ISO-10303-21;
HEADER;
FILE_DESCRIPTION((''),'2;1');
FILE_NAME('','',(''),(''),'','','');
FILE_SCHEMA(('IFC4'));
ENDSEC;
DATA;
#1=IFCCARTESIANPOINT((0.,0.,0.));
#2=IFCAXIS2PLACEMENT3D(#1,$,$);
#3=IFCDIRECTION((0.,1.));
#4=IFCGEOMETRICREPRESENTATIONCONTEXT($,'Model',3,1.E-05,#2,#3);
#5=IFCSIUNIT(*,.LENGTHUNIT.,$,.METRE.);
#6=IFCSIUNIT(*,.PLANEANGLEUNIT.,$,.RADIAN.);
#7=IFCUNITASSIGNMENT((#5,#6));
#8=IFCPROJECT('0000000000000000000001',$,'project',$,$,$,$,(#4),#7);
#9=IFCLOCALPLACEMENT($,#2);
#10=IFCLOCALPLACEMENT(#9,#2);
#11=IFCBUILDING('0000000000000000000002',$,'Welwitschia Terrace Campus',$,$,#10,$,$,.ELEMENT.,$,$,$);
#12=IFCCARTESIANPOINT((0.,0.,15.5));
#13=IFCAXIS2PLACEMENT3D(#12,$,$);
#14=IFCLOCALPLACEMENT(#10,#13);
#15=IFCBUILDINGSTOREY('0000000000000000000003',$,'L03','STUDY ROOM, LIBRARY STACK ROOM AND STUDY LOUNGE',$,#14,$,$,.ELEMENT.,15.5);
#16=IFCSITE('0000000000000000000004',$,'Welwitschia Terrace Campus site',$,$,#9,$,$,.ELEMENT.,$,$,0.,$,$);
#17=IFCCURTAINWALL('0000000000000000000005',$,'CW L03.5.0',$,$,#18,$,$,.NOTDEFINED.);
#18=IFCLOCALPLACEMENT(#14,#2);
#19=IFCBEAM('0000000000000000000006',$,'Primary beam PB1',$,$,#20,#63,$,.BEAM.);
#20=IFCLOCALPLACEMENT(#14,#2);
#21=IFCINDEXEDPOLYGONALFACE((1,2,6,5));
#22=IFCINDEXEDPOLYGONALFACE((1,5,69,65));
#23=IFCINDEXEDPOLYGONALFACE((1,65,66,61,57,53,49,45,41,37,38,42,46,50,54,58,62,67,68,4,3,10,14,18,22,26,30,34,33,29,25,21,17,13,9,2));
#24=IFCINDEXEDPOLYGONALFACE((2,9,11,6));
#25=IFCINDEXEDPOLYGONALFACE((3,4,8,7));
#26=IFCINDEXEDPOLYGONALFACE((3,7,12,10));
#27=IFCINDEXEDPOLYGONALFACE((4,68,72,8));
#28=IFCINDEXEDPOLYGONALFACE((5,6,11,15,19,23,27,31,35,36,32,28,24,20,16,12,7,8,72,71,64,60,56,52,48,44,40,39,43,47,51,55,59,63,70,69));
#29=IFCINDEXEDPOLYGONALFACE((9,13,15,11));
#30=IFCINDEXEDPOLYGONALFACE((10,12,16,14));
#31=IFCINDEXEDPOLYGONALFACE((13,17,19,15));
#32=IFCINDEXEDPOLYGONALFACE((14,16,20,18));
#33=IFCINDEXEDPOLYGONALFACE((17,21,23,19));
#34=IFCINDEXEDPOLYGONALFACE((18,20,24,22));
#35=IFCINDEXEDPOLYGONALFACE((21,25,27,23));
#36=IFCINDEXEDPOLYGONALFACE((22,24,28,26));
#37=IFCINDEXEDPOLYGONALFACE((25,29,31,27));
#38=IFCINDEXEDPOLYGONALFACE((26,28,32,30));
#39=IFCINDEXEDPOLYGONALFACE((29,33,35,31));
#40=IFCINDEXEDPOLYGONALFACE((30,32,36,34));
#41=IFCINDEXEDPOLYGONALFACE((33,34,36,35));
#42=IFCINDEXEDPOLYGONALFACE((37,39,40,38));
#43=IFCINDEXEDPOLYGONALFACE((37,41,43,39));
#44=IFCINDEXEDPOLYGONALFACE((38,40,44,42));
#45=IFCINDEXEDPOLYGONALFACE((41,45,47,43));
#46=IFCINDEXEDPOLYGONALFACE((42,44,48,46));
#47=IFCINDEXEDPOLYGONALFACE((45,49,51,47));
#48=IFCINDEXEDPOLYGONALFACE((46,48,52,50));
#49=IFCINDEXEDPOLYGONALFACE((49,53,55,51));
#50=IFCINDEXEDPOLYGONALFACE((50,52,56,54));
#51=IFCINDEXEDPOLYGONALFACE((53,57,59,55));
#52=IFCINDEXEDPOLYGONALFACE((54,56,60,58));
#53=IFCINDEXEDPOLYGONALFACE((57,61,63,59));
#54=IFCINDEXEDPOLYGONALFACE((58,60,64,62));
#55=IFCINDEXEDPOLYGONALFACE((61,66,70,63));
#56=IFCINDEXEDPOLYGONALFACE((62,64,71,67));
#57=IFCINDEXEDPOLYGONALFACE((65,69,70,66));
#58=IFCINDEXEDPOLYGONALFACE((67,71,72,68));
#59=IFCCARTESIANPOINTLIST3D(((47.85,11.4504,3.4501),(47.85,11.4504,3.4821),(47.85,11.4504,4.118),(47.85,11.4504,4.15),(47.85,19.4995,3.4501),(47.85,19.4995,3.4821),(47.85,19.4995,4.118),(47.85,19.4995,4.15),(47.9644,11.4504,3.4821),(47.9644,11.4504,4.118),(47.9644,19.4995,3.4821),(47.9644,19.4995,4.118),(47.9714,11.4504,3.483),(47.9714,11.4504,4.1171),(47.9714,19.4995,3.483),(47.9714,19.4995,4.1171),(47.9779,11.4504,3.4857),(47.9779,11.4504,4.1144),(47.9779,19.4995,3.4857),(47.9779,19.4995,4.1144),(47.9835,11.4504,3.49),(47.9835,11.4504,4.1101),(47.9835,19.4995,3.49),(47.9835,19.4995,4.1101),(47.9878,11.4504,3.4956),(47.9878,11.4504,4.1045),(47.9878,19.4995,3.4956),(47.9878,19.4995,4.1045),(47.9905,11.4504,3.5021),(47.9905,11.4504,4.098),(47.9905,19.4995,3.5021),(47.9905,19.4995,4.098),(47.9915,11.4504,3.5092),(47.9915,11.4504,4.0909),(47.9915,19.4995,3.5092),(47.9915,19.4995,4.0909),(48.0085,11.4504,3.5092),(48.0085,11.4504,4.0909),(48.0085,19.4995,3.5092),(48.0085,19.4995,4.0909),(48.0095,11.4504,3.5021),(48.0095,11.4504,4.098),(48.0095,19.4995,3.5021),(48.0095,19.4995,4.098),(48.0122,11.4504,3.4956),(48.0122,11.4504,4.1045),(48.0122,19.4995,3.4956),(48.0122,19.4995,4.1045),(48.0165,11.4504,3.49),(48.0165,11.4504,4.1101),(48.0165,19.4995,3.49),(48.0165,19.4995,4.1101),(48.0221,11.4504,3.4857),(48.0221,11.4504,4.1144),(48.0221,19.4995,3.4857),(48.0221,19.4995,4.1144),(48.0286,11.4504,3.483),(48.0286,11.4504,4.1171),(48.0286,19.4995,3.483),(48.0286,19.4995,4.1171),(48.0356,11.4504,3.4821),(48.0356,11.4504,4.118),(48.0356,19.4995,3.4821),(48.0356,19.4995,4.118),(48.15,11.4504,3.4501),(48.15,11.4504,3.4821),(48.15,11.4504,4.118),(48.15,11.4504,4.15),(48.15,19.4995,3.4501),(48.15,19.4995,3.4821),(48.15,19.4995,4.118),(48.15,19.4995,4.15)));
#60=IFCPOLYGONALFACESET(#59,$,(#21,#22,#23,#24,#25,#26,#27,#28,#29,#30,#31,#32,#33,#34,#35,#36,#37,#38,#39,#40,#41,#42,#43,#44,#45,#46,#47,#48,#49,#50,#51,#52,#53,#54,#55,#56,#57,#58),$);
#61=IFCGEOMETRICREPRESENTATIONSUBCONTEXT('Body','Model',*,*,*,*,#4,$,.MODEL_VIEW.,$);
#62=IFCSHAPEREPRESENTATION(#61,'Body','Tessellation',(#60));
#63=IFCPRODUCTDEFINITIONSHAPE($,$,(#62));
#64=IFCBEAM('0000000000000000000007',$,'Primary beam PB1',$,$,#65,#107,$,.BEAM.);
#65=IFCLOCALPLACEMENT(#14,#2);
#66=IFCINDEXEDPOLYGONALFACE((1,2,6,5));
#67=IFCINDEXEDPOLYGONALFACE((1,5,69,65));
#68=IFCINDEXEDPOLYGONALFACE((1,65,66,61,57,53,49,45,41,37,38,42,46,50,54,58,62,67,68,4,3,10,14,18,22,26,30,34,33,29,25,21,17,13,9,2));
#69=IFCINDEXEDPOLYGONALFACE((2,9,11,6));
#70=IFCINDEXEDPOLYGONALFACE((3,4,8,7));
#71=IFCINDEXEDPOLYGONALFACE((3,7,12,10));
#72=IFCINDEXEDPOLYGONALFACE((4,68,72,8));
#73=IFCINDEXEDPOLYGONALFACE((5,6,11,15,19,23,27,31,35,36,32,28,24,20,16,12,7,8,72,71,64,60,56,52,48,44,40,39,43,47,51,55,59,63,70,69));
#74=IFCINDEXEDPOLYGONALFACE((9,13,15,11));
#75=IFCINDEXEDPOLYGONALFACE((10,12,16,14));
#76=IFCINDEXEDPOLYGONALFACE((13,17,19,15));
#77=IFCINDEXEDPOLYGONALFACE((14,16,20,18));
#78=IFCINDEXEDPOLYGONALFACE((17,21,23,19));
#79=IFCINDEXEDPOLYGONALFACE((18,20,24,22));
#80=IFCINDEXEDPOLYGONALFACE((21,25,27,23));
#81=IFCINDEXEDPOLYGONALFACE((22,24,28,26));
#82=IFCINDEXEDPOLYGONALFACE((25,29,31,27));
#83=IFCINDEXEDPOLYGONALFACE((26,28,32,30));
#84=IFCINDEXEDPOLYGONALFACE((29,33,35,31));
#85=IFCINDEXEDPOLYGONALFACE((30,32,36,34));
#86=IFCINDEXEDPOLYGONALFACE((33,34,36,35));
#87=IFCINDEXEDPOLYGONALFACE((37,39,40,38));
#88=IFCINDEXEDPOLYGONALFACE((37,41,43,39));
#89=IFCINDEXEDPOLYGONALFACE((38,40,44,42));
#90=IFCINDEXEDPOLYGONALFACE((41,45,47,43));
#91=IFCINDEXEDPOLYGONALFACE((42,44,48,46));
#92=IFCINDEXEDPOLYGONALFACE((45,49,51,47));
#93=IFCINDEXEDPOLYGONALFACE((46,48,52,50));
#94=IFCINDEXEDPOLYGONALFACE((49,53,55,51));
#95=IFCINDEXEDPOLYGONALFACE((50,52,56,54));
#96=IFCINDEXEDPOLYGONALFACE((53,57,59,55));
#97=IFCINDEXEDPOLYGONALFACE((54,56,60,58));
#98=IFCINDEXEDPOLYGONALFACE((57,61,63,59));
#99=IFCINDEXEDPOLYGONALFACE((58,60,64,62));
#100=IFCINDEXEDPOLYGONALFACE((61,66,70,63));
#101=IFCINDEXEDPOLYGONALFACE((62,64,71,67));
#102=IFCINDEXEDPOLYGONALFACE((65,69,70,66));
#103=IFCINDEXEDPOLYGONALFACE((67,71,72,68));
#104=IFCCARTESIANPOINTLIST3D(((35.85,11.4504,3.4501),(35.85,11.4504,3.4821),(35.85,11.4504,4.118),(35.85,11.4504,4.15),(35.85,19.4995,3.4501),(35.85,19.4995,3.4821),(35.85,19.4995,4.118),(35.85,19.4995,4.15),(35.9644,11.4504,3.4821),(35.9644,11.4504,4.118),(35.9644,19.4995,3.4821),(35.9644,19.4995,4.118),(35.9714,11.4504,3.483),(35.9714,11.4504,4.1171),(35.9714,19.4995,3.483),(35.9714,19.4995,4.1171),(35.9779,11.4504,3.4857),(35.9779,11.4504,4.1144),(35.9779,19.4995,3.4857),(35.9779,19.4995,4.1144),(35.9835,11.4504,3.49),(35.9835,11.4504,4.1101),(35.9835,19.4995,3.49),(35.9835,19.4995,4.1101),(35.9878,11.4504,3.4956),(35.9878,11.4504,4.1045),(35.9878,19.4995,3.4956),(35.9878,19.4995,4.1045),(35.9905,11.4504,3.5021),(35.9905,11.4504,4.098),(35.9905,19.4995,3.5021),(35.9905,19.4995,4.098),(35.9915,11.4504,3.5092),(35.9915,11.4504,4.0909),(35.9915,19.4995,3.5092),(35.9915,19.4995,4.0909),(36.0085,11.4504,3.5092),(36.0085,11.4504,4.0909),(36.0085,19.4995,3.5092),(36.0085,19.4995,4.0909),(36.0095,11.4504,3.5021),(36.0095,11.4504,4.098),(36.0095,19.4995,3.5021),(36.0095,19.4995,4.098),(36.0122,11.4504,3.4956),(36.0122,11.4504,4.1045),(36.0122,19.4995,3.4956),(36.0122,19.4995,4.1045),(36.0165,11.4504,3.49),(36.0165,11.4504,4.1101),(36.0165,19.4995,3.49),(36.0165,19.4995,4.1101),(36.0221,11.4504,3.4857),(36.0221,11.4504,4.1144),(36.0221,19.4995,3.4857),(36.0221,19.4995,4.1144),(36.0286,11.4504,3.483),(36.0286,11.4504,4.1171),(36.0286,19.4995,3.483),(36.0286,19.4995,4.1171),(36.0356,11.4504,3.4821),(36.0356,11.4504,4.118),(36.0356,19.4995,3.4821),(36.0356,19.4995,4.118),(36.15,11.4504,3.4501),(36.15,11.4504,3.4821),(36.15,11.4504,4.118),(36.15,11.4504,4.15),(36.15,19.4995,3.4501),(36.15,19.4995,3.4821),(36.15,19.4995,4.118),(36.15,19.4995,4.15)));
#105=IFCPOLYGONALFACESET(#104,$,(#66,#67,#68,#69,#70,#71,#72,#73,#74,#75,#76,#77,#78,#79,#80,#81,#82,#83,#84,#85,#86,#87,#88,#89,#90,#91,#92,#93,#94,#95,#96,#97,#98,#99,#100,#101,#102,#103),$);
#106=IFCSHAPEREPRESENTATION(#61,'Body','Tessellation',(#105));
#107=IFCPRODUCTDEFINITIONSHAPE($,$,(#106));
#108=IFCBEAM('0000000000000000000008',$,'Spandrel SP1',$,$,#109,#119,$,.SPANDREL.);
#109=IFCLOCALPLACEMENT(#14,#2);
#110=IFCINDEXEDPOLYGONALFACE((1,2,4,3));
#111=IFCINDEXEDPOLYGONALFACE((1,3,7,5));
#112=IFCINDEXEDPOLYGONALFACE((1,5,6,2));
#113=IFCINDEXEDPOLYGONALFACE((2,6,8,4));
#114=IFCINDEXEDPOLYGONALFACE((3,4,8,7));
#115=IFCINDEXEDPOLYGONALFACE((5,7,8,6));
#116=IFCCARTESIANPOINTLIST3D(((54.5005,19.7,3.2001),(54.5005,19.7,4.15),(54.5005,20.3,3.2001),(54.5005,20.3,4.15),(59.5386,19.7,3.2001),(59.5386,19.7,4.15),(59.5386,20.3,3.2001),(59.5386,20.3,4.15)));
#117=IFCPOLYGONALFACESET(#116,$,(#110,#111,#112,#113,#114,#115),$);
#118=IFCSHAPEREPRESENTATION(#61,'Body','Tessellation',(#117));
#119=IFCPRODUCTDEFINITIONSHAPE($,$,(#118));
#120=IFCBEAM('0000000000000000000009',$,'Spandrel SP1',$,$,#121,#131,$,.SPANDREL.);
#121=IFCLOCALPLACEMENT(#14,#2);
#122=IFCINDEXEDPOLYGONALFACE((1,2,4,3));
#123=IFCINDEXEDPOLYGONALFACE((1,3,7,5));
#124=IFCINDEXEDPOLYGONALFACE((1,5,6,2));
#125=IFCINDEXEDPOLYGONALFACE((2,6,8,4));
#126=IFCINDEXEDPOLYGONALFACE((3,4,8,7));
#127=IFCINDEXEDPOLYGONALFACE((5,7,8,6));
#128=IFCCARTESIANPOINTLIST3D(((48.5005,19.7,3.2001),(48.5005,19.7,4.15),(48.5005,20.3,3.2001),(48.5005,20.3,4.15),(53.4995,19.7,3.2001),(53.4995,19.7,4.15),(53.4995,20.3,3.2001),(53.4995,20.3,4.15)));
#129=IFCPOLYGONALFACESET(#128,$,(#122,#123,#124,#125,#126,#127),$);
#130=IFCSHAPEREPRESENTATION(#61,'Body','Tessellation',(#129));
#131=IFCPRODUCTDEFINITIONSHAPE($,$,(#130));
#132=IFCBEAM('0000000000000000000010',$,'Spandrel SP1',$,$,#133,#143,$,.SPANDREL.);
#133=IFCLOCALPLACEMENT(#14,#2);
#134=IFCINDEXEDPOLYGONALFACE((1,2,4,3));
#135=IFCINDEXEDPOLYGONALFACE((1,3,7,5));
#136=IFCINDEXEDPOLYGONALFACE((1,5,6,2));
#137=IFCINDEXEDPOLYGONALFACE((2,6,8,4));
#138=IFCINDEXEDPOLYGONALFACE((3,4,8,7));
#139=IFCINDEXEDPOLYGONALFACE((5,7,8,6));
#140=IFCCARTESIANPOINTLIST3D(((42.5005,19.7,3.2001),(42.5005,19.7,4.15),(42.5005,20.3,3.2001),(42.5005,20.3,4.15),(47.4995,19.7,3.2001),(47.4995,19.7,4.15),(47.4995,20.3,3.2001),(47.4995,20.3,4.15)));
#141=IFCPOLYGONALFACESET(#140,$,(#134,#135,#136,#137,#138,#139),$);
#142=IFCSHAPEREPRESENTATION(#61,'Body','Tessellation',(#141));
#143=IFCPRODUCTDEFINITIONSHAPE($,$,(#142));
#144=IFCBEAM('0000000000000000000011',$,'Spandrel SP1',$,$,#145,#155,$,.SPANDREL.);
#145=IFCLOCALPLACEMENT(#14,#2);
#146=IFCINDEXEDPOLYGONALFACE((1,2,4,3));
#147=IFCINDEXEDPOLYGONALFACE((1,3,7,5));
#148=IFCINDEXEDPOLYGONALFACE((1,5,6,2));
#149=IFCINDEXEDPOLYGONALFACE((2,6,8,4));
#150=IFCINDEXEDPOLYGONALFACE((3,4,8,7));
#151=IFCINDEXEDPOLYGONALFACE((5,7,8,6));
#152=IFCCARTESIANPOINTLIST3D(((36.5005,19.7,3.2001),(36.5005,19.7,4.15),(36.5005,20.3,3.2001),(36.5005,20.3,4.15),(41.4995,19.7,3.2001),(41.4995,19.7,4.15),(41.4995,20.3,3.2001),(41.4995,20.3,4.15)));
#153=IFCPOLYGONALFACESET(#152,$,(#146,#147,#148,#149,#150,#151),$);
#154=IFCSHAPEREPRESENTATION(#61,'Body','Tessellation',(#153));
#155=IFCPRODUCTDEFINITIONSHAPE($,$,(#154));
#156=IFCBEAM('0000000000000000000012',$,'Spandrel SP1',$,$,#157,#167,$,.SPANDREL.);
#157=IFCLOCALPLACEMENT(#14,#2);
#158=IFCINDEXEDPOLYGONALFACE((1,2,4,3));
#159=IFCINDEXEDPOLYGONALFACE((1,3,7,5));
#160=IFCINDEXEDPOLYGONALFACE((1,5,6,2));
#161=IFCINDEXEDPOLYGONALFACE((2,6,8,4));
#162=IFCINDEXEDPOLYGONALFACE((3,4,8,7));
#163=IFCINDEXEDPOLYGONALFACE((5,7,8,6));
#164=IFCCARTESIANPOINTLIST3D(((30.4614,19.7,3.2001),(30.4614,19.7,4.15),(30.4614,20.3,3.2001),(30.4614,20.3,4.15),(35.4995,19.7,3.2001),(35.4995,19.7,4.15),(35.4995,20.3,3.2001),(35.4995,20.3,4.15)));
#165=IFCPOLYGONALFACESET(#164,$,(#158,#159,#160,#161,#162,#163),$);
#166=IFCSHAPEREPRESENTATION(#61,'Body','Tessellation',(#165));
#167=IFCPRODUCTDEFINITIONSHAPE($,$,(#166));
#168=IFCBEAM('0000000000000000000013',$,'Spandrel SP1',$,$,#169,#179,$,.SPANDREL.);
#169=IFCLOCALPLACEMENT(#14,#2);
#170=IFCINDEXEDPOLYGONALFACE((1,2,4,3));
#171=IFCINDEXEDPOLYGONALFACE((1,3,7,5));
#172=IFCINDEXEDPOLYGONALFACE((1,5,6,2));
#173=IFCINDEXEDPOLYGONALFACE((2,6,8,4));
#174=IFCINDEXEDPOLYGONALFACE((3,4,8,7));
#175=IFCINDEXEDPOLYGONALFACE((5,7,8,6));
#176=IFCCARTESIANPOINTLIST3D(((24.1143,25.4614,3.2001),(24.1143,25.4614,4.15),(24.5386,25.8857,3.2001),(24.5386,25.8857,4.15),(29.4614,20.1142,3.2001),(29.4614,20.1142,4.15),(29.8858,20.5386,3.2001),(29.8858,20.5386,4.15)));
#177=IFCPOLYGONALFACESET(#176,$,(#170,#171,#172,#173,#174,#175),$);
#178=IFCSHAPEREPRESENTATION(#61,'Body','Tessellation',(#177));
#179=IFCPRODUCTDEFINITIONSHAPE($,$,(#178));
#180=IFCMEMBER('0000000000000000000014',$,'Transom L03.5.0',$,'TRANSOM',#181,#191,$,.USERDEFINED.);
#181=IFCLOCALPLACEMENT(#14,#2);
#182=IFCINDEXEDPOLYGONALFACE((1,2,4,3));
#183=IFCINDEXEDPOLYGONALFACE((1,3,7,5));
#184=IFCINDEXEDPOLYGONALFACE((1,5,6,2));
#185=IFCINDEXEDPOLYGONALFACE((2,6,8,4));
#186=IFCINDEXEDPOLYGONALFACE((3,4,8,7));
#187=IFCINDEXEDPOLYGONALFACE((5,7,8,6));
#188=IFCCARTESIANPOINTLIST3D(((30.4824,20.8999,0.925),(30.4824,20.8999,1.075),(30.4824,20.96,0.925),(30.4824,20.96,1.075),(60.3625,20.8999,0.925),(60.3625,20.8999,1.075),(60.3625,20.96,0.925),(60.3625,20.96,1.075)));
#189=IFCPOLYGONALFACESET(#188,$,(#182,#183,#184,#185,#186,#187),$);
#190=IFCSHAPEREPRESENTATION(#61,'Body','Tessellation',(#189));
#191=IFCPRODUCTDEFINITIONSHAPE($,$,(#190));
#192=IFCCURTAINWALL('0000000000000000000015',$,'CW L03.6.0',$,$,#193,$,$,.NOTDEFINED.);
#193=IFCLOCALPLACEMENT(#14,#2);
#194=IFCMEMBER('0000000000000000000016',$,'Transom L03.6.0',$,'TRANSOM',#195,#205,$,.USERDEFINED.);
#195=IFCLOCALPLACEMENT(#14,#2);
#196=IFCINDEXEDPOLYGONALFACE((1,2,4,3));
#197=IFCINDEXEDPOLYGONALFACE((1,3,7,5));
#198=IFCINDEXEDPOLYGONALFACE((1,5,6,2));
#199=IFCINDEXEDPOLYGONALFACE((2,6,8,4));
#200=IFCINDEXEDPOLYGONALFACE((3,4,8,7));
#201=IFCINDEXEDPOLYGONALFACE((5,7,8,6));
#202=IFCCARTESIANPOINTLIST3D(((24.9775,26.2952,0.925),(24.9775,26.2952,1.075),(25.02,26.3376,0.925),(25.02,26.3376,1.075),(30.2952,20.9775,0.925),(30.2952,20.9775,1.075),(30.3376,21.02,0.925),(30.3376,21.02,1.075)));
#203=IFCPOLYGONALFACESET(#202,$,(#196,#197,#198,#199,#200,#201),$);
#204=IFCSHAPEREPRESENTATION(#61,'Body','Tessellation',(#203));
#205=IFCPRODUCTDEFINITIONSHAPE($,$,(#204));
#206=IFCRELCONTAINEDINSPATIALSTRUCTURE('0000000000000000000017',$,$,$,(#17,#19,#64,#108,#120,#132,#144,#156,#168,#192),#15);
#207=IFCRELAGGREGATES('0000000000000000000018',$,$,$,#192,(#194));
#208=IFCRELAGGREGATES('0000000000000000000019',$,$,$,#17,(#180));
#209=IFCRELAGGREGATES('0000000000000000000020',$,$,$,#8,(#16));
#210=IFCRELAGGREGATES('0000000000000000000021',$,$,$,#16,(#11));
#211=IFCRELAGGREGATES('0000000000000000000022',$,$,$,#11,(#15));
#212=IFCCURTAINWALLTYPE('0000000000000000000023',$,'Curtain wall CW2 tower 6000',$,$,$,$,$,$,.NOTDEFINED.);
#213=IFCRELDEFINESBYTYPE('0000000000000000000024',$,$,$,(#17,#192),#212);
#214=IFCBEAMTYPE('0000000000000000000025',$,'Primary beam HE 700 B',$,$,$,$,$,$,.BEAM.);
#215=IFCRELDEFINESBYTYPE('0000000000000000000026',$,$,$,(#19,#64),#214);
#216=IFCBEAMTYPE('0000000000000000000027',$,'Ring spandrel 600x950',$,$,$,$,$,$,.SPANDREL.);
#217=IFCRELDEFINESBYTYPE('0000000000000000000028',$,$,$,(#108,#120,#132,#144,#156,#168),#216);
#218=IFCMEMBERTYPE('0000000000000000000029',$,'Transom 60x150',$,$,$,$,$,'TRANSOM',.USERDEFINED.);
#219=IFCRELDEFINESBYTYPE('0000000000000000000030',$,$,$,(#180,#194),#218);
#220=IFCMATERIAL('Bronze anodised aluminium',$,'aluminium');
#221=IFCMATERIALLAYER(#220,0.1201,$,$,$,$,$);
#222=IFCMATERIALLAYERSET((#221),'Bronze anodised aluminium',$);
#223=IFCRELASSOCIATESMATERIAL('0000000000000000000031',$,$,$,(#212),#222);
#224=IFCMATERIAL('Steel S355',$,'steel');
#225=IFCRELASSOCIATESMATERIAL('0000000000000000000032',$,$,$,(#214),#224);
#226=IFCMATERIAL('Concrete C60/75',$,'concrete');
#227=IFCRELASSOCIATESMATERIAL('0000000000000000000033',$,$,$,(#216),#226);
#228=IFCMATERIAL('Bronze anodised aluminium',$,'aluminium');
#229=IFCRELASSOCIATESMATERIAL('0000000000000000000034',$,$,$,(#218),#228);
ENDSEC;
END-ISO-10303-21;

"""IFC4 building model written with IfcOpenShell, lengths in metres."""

from ifc_helpers import new_model, si_unit, direction, frame, origin, origin_2d, place, context, subcontext, project, spatial, rectangle, i_section, extrude, material, layer, layer_set, material_profile, profile_set, type_object, element, aggregate, save


model = new_model("IFC4")

# Units and contexts
model_context = context("Model", 3, precision=1e-05, world=origin(), true_north=direction((0.0, 1.0)))
body_context = subcontext(model_context, "Body", "Model", "MODEL_VIEW")
ifc_project = project(units=[si_unit("LENGTHUNIT", "METRE"), si_unit("PLANEANGLEUNIT", "RADIAN")], contexts=[model_context])

# Site, building, storey
site_placement = place(None, origin())
site = spatial("IfcSite", under=ifc_project, at=site_placement, Name="Welwitschia Terrace Campus site", CompositionType="ELEMENT", RefElevation=0.0)
building_placement = place(site_placement, origin())
building = spatial("IfcBuilding", under=site, at=building_placement, Name="Welwitschia Terrace Campus", CompositionType="ELEMENT")
storey_placement = place(building_placement, frame((0.0, 0.0, 15.5)))
storey = spatial("IfcBuildingStorey", under=building, at=storey_placement, Name="L03", Description="STUDY ROOM, LIBRARY STACK ROOM AND STUDY LOUNGE", CompositionType="ELEMENT", Elevation=15.5)

# Shared definitions
ifc_material_1 = material(Name="Bronze anodised aluminium", Category="aluminium")
ifc_layer_1 = layer(ifc_material_1, 0.1201)
ifc_layer_set_1 = layer_set([ifc_layer_1], Name="Bronze anodised aluminium")
curtain_wall_type = type_object("IfcCurtainWallType", Name="Curtain wall CW2 tower 6000", PredefinedType="NOTDEFINED", material=ifc_layer_set_1)

# Curtain wall
curtain_wall_1_placement = place(storey_placement, origin())
curtain_wall_1 = element("IfcCurtainWall", 1, at=curtain_wall_1_placement, inside=storey, type_object=curtain_wall_type, Name="CW L03.5.0", PredefinedType="NOTDEFINED")

# Beams
ifc_material_2 = material(Name="Steel S355", Category="steel")
ifc_material_profile_1 = material_profile(ifc_material_2, i_section(OverallWidth=0.3, OverallDepth=0.7, WebThickness=0.0171, FlangeThickness=0.032, FilletRadius=0.0271, at=origin_2d()))
ifc_profile_set_1 = profile_set([ifc_material_profile_1], Name="Steel S355")
beam_type_1 = type_object("IfcBeamType", Name="Primary beam HE 700 B", PredefinedType="BEAM", material=ifc_profile_set_1)
for number, where, z_axis, x_axis, name in (
    (2, (48.0, 19.4995, 3.8), (0.0, -1.0, 0.0), (1.0, 0.0, 0.0), "Primary beam PB1"),
    (3, (36.0, 19.4995, 3.8), (0.0, -1.0, 0.0), (1.0, 0.0, 0.0), "Primary beam PB1"),
):
    element("IfcBeam", number, at=place(storey_placement, frame(where, z_axis=z_axis, x_axis=x_axis)), inside=storey, type_object=beam_type_1, Name=name, PredefinedType="BEAM", context=body_context, shape_type="SweptSolid", body=[
        extrude(i_section(OverallWidth=0.3, OverallDepth=0.7, WebThickness=0.0171, FlangeThickness=0.032, FilletRadius=0.0271, at=origin_2d()), origin(), (0.0, 0.0, 1.0), 8.0491),
    ])
ifc_material_3 = material(Name="Concrete C60/75", Category="concrete")
ifc_material_profile_2 = material_profile(ifc_material_3, rectangle(XDim=0.6001, YDim=0.95, at=origin_2d()))
ifc_profile_set_2 = profile_set([ifc_material_profile_2], Name="Concrete C60/75")
beam_type_2 = type_object("IfcBeamType", Name="Ring spandrel 600x950", PredefinedType="SPANDREL", material=ifc_profile_set_2)
beam_1_placement = place(storey_placement, frame((59.5386, 20.0, 3.675), z_axis=(-1.0, 0.0, 0.0), x_axis=(0.0, -1.0, 0.0)))
element("IfcBeam", 4, at=beam_1_placement, inside=storey, type_object=beam_type_2, Name="Spandrel SP1", PredefinedType="SPANDREL", context=body_context, shape_type="SweptSolid", body=[
    extrude(rectangle(XDim=0.6001, YDim=0.95, at=origin_2d()), origin(), (0.0, 0.0, 1.0), 5.0381),
])
for number, where, z_axis, x_axis, name in (
    (5, (53.4995, 20.0, 3.675), (-1.0, 0.0, 0.0), (0.0, -1.0, 0.0), "Spandrel SP1"),
    (6, (47.4995, 20.0, 3.675), (-1.0, 0.0, 0.0), (0.0, -1.0, 0.0), "Spandrel SP1"),
    (7, (41.4995, 20.0, 3.675), (-1.0, 0.0, 0.0), (0.0, -1.0, 0.0), "Spandrel SP1"),
):
    element("IfcBeam", number, at=place(storey_placement, frame(where, z_axis=z_axis, x_axis=x_axis)), inside=storey, type_object=beam_type_2, Name=name, PredefinedType="SPANDREL", context=body_context, shape_type="SweptSolid", body=[
        extrude(rectangle(XDim=0.6001, YDim=0.95, at=origin_2d()), origin(), (0.0, 0.0, 1.0), 4.999),
    ])
beam_2_placement = place(storey_placement, frame((35.4995, 20.0, 3.675), z_axis=(-1.0, 0.0, 0.0), x_axis=(0.0, -1.0, 0.0)))
element("IfcBeam", 8, at=beam_2_placement, inside=storey, type_object=beam_type_2, Name="Spandrel SP1", PredefinedType="SPANDREL", context=body_context, shape_type="SweptSolid", body=[
    extrude(rectangle(XDim=0.6001, YDim=0.95, at=origin_2d()), origin(), (0.0, 0.0, 1.0), 5.0381),
])
beam_3_placement = place(storey_placement, frame((29.6736, 20.3264, 3.675), z_axis=(-0.707107, 0.707107, 0.0), x_axis=(-0.707107, -0.707107, 0.0)))
element("IfcBeam", 9, at=beam_3_placement, inside=storey, type_object=beam_type_2, Name="Spandrel SP1", PredefinedType="SPANDREL", context=body_context, shape_type="SweptSolid", body=[
    extrude(rectangle(XDim=0.6001, YDim=0.95, at=origin_2d()), origin(), (0.0, 0.0, 1.0), 7.562),
])

# Member
ifc_material_4 = material(Name="Bronze anodised aluminium", Category="aluminium")
ifc_material_profile_3 = material_profile(ifc_material_4, rectangle(XDim=0.0601, YDim=0.1499, at=origin_2d()))
ifc_profile_set_3 = profile_set([ifc_material_profile_3], Name="Bronze anodised aluminium")
member_type_1 = type_object("IfcMemberType", Name="Transom 60x150", ElementType="TRANSOM", PredefinedType="USERDEFINED", material=ifc_profile_set_3)
member_1_placement = place(storey_placement, frame((60.3625, 20.9299, 1.0), z_axis=(-1.0, 0.0, 0.0), x_axis=(0.0, -1.0, 0.0)))
member_1 = element("IfcMember", 10, at=member_1_placement, type_object=member_type_1, Name="Transom L03.5.0", ObjectType="TRANSOM", PredefinedType="USERDEFINED", context=body_context, shape_type="SweptSolid", body=[
    extrude(rectangle(XDim=0.0601, YDim=0.1499, at=origin_2d()), origin(), (0.0, 0.0, 1.0), 29.8801),
])

# Curtain wall, member
curtain_wall_2_placement = place(storey_placement, origin())
curtain_wall_2 = element("IfcCurtainWall", 11, at=curtain_wall_2_placement, inside=storey, type_object=curtain_wall_type, Name="CW L03.6.0", PredefinedType="NOTDEFINED")
member_2_placement = place(storey_placement, frame((30.3164, 20.9988, 1.0), z_axis=(-0.707107, 0.707107, 0.0), x_axis=(-0.707107, -0.707107, 0.0)))
member_2 = element("IfcMember", 12, at=member_2_placement, type_object=member_type_1, Name="Transom L03.6.0", ObjectType="TRANSOM", PredefinedType="USERDEFINED", context=body_context, shape_type="SweptSolid", body=[
    extrude(rectangle(XDim=0.0601, YDim=0.1499, at=origin_2d()), origin(), (0.0, 0.0, 1.0), 7.5203),
])
aggregate(curtain_wall_2, [member_2])

aggregate(curtain_wall_1, [member_1])

save(model, "model.ifc")
